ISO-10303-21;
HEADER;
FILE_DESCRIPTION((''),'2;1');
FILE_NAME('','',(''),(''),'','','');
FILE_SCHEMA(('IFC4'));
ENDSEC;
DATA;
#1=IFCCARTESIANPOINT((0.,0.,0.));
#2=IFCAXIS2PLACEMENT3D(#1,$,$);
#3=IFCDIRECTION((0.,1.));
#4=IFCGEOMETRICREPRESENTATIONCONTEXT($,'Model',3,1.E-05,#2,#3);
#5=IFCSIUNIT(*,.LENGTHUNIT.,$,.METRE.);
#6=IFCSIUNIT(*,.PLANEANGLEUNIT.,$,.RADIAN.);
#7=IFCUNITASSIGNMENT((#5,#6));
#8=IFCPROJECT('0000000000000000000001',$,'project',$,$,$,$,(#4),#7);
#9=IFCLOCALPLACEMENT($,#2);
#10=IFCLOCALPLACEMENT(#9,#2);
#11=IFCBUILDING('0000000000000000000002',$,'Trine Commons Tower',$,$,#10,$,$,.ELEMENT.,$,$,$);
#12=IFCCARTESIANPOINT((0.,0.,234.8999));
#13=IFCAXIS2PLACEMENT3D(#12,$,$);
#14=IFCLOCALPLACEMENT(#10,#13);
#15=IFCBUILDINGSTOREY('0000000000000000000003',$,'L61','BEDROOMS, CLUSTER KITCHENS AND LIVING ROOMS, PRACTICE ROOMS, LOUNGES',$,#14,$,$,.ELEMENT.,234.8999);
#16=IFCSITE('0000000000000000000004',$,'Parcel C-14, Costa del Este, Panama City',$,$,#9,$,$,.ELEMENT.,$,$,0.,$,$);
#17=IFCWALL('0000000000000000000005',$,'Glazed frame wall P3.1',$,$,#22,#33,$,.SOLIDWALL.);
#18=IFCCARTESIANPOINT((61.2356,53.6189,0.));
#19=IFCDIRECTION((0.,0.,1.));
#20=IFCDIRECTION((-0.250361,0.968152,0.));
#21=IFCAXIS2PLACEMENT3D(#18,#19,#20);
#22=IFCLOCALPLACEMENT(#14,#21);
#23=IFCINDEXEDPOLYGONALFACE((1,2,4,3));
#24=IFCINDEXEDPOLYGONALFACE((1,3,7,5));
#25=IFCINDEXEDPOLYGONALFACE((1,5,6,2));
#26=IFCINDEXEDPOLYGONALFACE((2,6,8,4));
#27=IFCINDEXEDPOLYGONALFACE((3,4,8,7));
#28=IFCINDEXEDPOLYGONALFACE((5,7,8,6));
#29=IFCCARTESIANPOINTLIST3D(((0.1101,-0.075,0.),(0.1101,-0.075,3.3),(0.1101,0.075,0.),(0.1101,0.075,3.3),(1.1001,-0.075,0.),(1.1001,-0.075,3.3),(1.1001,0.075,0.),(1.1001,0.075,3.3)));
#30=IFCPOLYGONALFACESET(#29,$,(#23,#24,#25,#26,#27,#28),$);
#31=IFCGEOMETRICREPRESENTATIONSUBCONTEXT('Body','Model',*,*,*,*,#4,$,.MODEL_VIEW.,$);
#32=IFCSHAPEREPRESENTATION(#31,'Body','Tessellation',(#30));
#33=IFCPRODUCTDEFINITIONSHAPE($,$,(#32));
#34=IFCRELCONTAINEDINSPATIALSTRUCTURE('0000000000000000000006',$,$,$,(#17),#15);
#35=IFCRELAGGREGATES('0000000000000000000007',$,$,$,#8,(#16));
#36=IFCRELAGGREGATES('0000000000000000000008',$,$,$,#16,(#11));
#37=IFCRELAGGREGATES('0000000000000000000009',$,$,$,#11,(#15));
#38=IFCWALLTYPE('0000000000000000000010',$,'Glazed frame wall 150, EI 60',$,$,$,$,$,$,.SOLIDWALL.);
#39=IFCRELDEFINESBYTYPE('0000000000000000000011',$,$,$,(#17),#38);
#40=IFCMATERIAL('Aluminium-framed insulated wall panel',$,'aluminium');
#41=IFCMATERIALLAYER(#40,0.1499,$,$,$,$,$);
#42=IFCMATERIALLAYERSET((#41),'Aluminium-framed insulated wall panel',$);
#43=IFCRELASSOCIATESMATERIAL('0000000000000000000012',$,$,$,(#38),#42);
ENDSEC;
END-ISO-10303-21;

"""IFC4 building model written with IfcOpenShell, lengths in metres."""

from ifc_helpers import new_model, si_unit, direction, frame, origin, place, context, subcontext, project, spatial, polyline, outline, extrude, material, layer, layer_set, type_object, element, save


model = new_model("IFC4")

# Units and contexts
model_context = context("Model", 3, precision=1e-05, world=origin(), true_north=direction((0.0, 1.0)))
body_context = subcontext(model_context, "Body", "Model", "MODEL_VIEW")
ifc_project = project(units=[si_unit("LENGTHUNIT", "METRE"), si_unit("PLANEANGLEUNIT", "RADIAN")], contexts=[model_context])

# Site, building, storey
site_placement = place(None, origin())
site = spatial("IfcSite", under=ifc_project, at=site_placement, Name="Parcel C-14, Costa del Este, Panama City", CompositionType="ELEMENT", RefElevation=0.0)
building_placement = place(site_placement, origin())
building = spatial("IfcBuilding", under=site, at=building_placement, Name="Trine Commons Tower", CompositionType="ELEMENT")
storey_placement = place(building_placement, frame((0.0, 0.0, 234.8999)))
storey = spatial("IfcBuildingStorey", under=building, at=storey_placement, Name="L61", Description="BEDROOMS, CLUSTER KITCHENS AND LIVING ROOMS, PRACTICE ROOMS, LOUNGES", CompositionType="ELEMENT", Elevation=234.8999)

# Wall
ifc_material_1 = material(Name="Aluminium-framed insulated wall panel", Category="aluminium")
ifc_layer_1 = layer(ifc_material_1, 0.1499)
ifc_layer_set_1 = layer_set([ifc_layer_1], Name="Aluminium-framed insulated wall panel")
wall_type_1 = type_object("IfcWallType", Name="Glazed frame wall 150, EI 60", PredefinedType="SOLIDWALL", material=ifc_layer_set_1)
wall_1_placement = place(storey_placement, frame((61.2356, 53.6189, 0.0), z_axis=(0.0, 0.0, 1.0), x_axis=(-0.250361, 0.968152, 0.0)))
element("IfcWall", 1, at=wall_1_placement, inside=storey, type_object=wall_type_1, Name="Glazed frame wall P3.1", PredefinedType="SOLIDWALL", context=body_context, shape_type="SweptSolid", body=[
    extrude(outline(polyline([(0.1101, -0.075), (1.1001, -0.075), (1.1001, 0.075), (0.1101, 0.075), (0.1101, -0.075)])), origin(), (0.0, 0.0, 1.0), 3.3),
])

save(model, "model.ifc")
